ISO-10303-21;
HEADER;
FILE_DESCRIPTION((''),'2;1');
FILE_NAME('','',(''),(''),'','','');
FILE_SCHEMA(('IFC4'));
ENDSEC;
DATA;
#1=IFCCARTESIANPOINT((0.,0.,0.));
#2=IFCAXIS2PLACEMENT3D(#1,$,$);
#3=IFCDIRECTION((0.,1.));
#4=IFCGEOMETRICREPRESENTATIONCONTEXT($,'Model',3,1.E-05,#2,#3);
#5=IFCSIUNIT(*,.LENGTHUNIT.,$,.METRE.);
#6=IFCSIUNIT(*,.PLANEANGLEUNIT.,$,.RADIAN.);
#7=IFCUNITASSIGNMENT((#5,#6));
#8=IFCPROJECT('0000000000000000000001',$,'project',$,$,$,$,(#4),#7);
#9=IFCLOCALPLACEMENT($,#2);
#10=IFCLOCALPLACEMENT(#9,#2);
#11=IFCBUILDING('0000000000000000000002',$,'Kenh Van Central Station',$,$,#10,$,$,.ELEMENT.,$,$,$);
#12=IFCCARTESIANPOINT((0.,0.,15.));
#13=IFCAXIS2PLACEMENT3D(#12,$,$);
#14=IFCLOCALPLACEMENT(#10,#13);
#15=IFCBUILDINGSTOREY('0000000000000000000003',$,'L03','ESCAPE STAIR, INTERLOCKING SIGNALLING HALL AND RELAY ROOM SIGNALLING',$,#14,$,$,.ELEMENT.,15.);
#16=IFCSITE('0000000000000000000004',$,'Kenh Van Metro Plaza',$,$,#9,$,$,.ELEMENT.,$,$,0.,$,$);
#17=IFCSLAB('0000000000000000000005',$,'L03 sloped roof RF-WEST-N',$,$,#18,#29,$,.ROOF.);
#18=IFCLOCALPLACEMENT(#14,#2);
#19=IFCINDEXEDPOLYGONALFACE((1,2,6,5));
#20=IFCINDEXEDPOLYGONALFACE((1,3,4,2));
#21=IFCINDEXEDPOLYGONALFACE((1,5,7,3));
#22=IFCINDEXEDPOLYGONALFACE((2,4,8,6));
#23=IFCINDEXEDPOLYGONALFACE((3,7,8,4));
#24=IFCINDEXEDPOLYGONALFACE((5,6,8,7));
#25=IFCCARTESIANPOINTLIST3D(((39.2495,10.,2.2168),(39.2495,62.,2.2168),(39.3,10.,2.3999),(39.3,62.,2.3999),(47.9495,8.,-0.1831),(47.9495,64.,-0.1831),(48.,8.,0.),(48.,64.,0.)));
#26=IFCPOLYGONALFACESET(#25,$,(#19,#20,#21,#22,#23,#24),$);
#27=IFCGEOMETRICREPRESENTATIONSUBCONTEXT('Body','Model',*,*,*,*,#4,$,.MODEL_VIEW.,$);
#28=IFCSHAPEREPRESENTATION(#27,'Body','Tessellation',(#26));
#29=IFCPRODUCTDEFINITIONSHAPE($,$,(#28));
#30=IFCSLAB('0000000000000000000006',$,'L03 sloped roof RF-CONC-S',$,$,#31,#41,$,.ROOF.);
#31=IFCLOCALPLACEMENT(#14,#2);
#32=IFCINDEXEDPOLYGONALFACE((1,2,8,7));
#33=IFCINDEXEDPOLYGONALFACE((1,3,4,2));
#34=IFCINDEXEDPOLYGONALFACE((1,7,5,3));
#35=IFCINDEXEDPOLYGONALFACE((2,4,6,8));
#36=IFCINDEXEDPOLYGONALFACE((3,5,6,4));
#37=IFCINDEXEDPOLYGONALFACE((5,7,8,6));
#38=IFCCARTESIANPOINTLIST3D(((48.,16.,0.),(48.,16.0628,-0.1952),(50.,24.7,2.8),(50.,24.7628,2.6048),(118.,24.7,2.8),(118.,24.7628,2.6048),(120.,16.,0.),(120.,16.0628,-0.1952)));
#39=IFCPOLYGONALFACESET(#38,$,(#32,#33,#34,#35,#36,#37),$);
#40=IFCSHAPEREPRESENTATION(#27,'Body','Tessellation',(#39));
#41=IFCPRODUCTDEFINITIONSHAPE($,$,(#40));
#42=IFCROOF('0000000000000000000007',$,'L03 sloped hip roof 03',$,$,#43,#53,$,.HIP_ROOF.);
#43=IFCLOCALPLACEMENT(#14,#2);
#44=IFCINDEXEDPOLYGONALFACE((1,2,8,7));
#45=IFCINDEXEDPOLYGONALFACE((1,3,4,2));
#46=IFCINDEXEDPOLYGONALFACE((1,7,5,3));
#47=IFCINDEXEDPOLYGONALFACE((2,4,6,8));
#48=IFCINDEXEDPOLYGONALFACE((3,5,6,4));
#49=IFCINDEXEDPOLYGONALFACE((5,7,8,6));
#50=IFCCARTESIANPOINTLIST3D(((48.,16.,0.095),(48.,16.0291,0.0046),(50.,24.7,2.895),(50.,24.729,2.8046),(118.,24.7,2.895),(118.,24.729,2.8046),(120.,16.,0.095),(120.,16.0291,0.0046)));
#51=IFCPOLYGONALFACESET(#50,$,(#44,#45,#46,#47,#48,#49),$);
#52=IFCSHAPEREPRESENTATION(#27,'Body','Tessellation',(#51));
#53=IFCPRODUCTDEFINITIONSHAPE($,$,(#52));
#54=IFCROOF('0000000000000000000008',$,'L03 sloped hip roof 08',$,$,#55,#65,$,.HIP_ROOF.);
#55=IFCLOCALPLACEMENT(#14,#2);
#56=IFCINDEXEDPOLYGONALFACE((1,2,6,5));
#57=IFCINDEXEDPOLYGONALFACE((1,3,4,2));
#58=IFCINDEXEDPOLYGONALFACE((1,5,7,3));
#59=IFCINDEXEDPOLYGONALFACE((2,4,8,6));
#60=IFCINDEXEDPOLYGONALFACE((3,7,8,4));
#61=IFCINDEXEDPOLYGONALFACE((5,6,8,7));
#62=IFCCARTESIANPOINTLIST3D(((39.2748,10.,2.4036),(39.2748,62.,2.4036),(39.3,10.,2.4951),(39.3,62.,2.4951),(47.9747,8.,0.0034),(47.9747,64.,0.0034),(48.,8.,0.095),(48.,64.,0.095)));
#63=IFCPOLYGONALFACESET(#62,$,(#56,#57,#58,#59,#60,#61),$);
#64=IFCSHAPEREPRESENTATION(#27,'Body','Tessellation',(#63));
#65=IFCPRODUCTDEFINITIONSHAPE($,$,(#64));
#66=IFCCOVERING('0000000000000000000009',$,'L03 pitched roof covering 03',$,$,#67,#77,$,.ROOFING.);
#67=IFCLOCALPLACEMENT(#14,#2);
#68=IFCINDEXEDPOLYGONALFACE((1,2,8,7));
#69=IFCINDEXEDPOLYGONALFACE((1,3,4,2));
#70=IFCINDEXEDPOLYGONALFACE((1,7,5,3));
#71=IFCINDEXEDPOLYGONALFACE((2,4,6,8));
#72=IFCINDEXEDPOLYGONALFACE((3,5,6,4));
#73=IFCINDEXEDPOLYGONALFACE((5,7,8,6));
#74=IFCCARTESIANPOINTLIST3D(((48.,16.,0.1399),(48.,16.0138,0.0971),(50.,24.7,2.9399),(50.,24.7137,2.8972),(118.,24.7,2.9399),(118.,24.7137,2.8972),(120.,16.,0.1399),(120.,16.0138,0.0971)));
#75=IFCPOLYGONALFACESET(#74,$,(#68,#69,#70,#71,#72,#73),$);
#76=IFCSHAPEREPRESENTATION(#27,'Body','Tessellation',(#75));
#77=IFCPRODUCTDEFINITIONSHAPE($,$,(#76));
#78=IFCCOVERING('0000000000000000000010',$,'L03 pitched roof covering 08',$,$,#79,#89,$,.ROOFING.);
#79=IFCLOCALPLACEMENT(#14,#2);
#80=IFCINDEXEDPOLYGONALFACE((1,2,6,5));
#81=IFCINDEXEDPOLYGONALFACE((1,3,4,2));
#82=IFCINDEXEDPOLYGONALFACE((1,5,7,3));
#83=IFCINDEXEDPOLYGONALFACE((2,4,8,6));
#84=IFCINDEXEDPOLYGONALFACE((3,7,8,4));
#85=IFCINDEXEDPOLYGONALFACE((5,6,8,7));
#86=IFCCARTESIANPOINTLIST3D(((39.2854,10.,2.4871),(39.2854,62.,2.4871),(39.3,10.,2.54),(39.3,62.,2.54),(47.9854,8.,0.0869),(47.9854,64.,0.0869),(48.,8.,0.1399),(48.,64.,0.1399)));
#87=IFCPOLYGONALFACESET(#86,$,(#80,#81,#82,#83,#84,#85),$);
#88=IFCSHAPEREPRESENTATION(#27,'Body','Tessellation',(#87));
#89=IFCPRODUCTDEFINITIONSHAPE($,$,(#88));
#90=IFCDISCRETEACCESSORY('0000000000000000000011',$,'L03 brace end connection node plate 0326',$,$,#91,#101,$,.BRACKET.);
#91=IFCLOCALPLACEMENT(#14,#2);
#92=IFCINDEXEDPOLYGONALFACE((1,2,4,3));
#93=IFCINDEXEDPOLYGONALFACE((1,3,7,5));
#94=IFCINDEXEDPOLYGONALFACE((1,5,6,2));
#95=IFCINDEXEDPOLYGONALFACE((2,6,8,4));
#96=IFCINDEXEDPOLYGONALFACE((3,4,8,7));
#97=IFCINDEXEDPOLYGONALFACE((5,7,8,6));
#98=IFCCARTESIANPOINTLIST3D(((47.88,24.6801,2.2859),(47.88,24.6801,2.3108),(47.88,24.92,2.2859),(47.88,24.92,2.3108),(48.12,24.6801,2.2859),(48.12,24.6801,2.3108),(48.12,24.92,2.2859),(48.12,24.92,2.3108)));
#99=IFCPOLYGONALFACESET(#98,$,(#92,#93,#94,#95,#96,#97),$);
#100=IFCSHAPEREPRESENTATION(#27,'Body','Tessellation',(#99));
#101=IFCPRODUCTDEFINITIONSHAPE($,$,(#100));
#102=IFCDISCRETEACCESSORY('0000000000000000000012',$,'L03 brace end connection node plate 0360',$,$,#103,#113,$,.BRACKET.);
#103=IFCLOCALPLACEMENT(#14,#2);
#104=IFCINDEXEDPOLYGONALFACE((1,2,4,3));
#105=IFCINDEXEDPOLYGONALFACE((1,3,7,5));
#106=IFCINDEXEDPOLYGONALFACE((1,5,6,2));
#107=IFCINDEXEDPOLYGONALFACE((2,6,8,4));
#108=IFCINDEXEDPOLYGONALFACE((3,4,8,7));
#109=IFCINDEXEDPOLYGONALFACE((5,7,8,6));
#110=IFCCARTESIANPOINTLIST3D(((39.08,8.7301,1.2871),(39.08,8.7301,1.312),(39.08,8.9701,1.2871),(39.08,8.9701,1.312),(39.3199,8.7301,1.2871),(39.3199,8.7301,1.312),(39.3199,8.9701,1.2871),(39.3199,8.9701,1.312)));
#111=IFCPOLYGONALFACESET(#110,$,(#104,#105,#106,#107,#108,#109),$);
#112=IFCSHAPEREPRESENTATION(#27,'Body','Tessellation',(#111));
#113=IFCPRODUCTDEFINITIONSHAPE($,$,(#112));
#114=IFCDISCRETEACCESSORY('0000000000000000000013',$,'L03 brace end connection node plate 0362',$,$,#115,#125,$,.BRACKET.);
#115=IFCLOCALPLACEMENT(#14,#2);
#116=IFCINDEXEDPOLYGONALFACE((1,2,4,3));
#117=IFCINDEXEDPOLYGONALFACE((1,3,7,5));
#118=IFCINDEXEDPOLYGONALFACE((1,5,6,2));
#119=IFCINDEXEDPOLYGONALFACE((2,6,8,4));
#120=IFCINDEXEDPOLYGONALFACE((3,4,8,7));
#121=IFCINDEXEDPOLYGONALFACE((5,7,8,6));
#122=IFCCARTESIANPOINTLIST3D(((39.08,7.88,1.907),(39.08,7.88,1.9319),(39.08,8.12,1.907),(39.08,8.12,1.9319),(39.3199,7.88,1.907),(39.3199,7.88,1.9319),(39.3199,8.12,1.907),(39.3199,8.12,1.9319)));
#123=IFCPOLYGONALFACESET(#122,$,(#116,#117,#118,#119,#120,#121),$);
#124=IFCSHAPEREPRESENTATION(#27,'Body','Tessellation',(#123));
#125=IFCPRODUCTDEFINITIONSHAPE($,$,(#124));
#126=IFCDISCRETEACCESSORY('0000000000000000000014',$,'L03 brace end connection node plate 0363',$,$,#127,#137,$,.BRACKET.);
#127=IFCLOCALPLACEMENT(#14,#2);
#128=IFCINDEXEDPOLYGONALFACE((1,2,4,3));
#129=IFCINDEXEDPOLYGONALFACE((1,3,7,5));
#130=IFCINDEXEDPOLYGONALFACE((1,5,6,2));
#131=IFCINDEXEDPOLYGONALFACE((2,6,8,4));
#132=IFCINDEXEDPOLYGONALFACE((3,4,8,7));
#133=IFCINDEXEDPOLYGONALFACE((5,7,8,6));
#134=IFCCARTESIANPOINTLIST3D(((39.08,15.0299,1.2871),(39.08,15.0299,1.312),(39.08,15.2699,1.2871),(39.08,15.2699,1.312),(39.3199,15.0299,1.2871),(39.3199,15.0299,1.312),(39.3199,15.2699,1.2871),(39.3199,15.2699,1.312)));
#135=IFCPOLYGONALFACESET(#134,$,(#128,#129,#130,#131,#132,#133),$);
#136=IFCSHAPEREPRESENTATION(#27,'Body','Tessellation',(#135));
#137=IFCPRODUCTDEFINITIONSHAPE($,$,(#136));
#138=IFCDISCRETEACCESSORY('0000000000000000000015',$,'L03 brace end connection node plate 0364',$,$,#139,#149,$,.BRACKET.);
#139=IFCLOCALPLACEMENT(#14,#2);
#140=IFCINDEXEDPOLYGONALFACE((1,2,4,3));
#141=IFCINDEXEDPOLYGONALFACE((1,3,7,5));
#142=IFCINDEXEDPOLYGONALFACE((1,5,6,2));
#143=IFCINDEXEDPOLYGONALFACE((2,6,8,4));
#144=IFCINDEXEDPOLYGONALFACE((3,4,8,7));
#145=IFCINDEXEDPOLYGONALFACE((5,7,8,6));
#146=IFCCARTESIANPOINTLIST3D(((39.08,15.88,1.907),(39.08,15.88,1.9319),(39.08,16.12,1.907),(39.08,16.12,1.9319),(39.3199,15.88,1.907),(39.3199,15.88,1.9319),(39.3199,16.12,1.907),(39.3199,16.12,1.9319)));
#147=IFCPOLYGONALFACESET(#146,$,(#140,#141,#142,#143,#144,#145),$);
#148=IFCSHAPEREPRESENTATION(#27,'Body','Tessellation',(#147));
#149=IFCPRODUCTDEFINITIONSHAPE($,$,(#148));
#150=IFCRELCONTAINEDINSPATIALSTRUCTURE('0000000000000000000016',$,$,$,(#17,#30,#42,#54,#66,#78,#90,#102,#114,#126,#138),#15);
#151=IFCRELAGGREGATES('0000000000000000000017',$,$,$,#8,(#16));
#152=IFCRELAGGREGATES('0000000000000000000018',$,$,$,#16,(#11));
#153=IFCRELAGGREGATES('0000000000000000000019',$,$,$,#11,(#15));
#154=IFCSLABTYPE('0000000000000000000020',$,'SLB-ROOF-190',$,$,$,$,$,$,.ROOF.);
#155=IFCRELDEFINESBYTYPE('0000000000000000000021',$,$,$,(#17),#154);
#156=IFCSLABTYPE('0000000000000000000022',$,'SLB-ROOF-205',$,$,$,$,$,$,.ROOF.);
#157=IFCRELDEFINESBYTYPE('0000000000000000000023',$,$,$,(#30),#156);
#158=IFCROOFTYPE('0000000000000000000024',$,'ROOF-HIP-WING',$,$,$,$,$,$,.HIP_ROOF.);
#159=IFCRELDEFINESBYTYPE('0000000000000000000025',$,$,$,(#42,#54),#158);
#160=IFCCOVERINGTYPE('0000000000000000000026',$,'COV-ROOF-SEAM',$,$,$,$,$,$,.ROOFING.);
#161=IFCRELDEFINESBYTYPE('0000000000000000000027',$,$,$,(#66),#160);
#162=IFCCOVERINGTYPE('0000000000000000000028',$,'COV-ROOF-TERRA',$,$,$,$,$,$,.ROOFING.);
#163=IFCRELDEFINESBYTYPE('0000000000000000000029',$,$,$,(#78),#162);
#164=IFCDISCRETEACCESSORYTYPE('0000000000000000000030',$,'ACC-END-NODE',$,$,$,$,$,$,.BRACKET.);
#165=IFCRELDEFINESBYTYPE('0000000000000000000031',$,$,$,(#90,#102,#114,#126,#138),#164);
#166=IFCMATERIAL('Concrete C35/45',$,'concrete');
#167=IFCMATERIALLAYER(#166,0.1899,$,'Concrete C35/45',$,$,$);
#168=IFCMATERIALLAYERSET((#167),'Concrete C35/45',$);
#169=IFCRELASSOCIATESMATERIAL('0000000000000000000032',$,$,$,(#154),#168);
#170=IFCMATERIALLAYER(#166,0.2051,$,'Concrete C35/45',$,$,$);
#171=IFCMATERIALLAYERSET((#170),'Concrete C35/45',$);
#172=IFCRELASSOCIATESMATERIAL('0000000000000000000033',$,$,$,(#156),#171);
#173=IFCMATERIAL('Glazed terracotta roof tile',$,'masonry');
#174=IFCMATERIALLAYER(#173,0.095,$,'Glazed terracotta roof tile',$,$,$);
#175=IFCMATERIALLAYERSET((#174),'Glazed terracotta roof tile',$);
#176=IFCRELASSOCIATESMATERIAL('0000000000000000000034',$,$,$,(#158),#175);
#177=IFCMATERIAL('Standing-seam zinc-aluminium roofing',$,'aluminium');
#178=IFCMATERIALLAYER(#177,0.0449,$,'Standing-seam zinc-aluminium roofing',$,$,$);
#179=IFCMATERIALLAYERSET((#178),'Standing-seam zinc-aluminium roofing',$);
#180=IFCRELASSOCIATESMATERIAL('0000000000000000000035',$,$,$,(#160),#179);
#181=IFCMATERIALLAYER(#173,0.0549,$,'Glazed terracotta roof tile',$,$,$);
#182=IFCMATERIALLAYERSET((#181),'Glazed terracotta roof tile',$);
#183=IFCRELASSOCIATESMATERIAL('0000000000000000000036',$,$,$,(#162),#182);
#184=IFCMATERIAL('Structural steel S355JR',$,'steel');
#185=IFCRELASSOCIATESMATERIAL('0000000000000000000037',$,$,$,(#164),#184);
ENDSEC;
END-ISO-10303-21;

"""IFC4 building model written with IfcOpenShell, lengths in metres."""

from ifc_helpers import new_model, si_unit, direction, frame, origin, origin_2d, place, context, subcontext, project, spatial, polyline, rectangle, outline, extrude, material, layer, layer_set, type_object, element, save


model = new_model("IFC4")

# Units and contexts
model_context = context("Model", 3, precision=1e-05, world=origin(), true_north=direction((0.0, 1.0)))
body_context = subcontext(model_context, "Body", "Model", "MODEL_VIEW")
ifc_project = project(units=[si_unit("LENGTHUNIT", "METRE"), si_unit("PLANEANGLEUNIT", "RADIAN")], contexts=[model_context])

# Site, building, storey
site_placement = place(None, origin())
site = spatial("IfcSite", under=ifc_project, at=site_placement, Name="Kenh Van Metro Plaza", CompositionType="ELEMENT", RefElevation=0.0)
building_placement = place(site_placement, origin())
building = spatial("IfcBuilding", under=site, at=building_placement, Name="Kenh Van Central Station", CompositionType="ELEMENT")
storey_placement = place(building_placement, frame((0.0, 0.0, 15.0)))
storey = spatial("IfcBuildingStorey", under=building, at=storey_placement, Name="L03", Description="ESCAPE STAIR, INTERLOCKING SIGNALLING HALL AND RELAY ROOM SIGNALLING", CompositionType="ELEMENT", Elevation=15.0)

# Slabs
ifc_material_1 = material(Name="Concrete C35/45", Category="concrete")
ifc_layer_1 = layer(ifc_material_1, 0.1899, Name="Concrete C35/45")
ifc_layer_set_1 = layer_set([ifc_layer_1], Name="Concrete C35/45")
slab_type_1 = type_object("IfcSlabType", Name="SLB-ROOF-190", PredefinedType="ROOF", material=ifc_layer_set_1)
slab_1_placement = place(storey_placement, frame((39.3, 10.0, 2.3999), z_axis=(0.26592, 0.0, 0.963995), x_axis=(0.941161, -0.21636, -0.259622)))
element("IfcSlab", 1, at=slab_1_placement, inside=storey, type_object=slab_type_1, Name="L03 sloped roof RF-WEST-N", PredefinedType="ROOF", context=body_context, shape_type="SweptSolid", body=[
    extrude(outline(polyline([(0.0, 0.0), (9.2438, 0.0), (-2.8723, 54.6736), (-11.2507, 50.7683), (0.0, 0.0)])), origin(), (0.0, 0.0, -1.0), 0.1899),
])
ifc_layer_2 = layer(ifc_material_1, 0.2051, Name="Concrete C35/45")
ifc_layer_set_2 = layer_set([ifc_layer_2], Name="Concrete C35/45")
slab_type_2 = type_object("IfcSlabType", Name="SLB-ROOF-205", PredefinedType="ROOF", material=ifc_layer_set_2)
slab_2_placement = place(storey_placement, frame((48.0, 16.0, 0.0), z_axis=(0.0, -0.30637, 0.951913), x_axis=(1.0, 0.0, 0.0)))
element("IfcSlab", 2, at=slab_2_placement, inside=storey, type_object=slab_type_2, Name="L03 sloped roof RF-CONC-S", PredefinedType="ROOF", context=body_context, shape_type="SweptSolid", body=[
    extrude(outline(polyline([(0.0, 0.0), (72.0, 0.0), (70.0, 9.1394), (2.0, 9.1394), (0.0, 0.0)])), origin(), (0.0, 0.0, -1.0), 0.2051),
])

# Roofs
ifc_material_2 = material(Name="Glazed terracotta roof tile", Category="masonry")
ifc_layer_3 = layer(ifc_material_2, 0.095, Name="Glazed terracotta roof tile")
ifc_layer_set_3 = layer_set([ifc_layer_3], Name="Glazed terracotta roof tile")
roof_type = type_object("IfcRoofType", Name="ROOF-HIP-WING", PredefinedType="HIP_ROOF", material=ifc_layer_set_3)
roof_1_placement = place(storey_placement, frame((48.0, 16.0, 0.095), z_axis=(0.0, -0.30637, 0.951913), x_axis=(1.0, 0.0, 0.0)))
element("IfcRoof", 3, at=roof_1_placement, inside=storey, type_object=roof_type, Name="L03 sloped hip roof 03", PredefinedType="HIP_ROOF", context=body_context, shape_type="SweptSolid", body=[
    extrude(outline(polyline([(0.0, 0.0), (72.0, 0.0), (70.0, 9.1394), (2.0, 9.1394), (0.0, 0.0)])), origin(), (0.0, 0.0, -1.0), 0.095),
])
roof_2_placement = place(storey_placement, frame((39.3, 10.0, 2.4951), z_axis=(0.265945, 0.0, 0.963988), x_axis=(0.941155, -0.216359, -0.259646)))
element("IfcRoof", 4, at=roof_2_placement, inside=storey, type_object=roof_type, Name="L03 sloped hip roof 08", PredefinedType="HIP_ROOF", context=body_context, shape_type="SweptSolid", body=[
    extrude(outline(polyline([(0.0, 0.0), (9.2439, 0.0), (-2.8722, 54.6736), (-11.2507, 50.7683), (0.0, 0.0)])), origin(), (0.0, 0.0, -1.0), 0.095),
])

# Coverings
ifc_material_3 = material(Name="Standing-seam zinc-aluminium roofing", Category="aluminium")
ifc_layer_4 = layer(ifc_material_3, 0.0449, Name="Standing-seam zinc-aluminium roofing")
ifc_layer_set_4 = layer_set([ifc_layer_4], Name="Standing-seam zinc-aluminium roofing")
covering_type_1 = type_object("IfcCoveringType", Name="COV-ROOF-SEAM", PredefinedType="ROOFING", material=ifc_layer_set_4)
covering_1_placement = place(storey_placement, frame((48.0, 16.0, 0.1399), z_axis=(0.0, -0.30637, 0.951913), x_axis=(1.0, 0.0, 0.0)))
element("IfcCovering", 5, at=covering_1_placement, inside=storey, type_object=covering_type_1, Name="L03 pitched roof covering 03", PredefinedType="ROOFING", context=body_context, shape_type="SweptSolid", body=[
    extrude(outline(polyline([(0.0, 0.0), (72.0, 0.0), (70.0, 9.1394), (2.0, 9.1394), (0.0, 0.0)])), origin(), (0.0, 0.0, -1.0), 0.0449),
])
ifc_layer_5 = layer(ifc_material_2, 0.0549, Name="Glazed terracotta roof tile")
ifc_layer_set_5 = layer_set([ifc_layer_5], Name="Glazed terracotta roof tile")
covering_type_2 = type_object("IfcCoveringType", Name="COV-ROOF-TERRA", PredefinedType="ROOFING", material=ifc_layer_set_5)
covering_2_placement = place(storey_placement, frame((39.3, 10.0, 2.54), z_axis=(0.265945, 0.0, 0.963988), x_axis=(0.941155, -0.216359, -0.259646)))
element("IfcCovering", 6, at=covering_2_placement, inside=storey, type_object=covering_type_2, Name="L03 pitched roof covering 08", PredefinedType="ROOFING", context=body_context, shape_type="SweptSolid", body=[
    extrude(outline(polyline([(0.0, 0.0), (9.2439, 0.0), (-2.8722, 54.6736), (-11.2507, 50.7683), (0.0, 0.0)])), origin(), (0.0, 0.0, -1.0), 0.0549),
])

# Discrete accessories
ifc_material_4 = material(Name="Structural steel S355JR", Category="steel")
discrete_accessory_type = type_object("IfcDiscreteAccessoryType", Name="ACC-END-NODE", PredefinedType="BRACKET", material=ifc_material_4)
for number, where, z_axis, x_axis, name in (
    (7, (48.0, 24.8, 2.2859), (0.0, 0.0, 1.0), (1.0, 0.0, 0.0), "L03 brace end connection node plate 0326"),
    (8, (39.2, 8.8501, 1.2871), (0.0, 0.0, 1.0), (1.0, 0.0, 0.0), "L03 brace end connection node plate 0360"),
    (9, (39.2, 8.0, 1.907), (0.0, 0.0, 1.0), (1.0, 0.0, 0.0), "L03 brace end connection node plate 0362"),
    (10, (39.2, 15.1499, 1.2871), (0.0, 0.0, 1.0), (1.0, 0.0, 0.0), "L03 brace end connection node plate 0363"),
    (11, (39.2, 16.0, 1.907), (0.0, 0.0, 1.0), (1.0, 0.0, 0.0), "L03 brace end connection node plate 0364"),
):
    element("IfcDiscreteAccessory", number, at=place(storey_placement, frame(where, z_axis=z_axis, x_axis=x_axis)), inside=storey, type_object=discrete_accessory_type, Name=name, PredefinedType="BRACKET", context=body_context, shape_type="SweptSolid", body=[
        extrude(rectangle(XDim=0.24, YDim=0.24, at=origin_2d()), origin(), (0.0, 0.0, 1.0), 0.0249),
    ])

save(model, "model.ifc")
